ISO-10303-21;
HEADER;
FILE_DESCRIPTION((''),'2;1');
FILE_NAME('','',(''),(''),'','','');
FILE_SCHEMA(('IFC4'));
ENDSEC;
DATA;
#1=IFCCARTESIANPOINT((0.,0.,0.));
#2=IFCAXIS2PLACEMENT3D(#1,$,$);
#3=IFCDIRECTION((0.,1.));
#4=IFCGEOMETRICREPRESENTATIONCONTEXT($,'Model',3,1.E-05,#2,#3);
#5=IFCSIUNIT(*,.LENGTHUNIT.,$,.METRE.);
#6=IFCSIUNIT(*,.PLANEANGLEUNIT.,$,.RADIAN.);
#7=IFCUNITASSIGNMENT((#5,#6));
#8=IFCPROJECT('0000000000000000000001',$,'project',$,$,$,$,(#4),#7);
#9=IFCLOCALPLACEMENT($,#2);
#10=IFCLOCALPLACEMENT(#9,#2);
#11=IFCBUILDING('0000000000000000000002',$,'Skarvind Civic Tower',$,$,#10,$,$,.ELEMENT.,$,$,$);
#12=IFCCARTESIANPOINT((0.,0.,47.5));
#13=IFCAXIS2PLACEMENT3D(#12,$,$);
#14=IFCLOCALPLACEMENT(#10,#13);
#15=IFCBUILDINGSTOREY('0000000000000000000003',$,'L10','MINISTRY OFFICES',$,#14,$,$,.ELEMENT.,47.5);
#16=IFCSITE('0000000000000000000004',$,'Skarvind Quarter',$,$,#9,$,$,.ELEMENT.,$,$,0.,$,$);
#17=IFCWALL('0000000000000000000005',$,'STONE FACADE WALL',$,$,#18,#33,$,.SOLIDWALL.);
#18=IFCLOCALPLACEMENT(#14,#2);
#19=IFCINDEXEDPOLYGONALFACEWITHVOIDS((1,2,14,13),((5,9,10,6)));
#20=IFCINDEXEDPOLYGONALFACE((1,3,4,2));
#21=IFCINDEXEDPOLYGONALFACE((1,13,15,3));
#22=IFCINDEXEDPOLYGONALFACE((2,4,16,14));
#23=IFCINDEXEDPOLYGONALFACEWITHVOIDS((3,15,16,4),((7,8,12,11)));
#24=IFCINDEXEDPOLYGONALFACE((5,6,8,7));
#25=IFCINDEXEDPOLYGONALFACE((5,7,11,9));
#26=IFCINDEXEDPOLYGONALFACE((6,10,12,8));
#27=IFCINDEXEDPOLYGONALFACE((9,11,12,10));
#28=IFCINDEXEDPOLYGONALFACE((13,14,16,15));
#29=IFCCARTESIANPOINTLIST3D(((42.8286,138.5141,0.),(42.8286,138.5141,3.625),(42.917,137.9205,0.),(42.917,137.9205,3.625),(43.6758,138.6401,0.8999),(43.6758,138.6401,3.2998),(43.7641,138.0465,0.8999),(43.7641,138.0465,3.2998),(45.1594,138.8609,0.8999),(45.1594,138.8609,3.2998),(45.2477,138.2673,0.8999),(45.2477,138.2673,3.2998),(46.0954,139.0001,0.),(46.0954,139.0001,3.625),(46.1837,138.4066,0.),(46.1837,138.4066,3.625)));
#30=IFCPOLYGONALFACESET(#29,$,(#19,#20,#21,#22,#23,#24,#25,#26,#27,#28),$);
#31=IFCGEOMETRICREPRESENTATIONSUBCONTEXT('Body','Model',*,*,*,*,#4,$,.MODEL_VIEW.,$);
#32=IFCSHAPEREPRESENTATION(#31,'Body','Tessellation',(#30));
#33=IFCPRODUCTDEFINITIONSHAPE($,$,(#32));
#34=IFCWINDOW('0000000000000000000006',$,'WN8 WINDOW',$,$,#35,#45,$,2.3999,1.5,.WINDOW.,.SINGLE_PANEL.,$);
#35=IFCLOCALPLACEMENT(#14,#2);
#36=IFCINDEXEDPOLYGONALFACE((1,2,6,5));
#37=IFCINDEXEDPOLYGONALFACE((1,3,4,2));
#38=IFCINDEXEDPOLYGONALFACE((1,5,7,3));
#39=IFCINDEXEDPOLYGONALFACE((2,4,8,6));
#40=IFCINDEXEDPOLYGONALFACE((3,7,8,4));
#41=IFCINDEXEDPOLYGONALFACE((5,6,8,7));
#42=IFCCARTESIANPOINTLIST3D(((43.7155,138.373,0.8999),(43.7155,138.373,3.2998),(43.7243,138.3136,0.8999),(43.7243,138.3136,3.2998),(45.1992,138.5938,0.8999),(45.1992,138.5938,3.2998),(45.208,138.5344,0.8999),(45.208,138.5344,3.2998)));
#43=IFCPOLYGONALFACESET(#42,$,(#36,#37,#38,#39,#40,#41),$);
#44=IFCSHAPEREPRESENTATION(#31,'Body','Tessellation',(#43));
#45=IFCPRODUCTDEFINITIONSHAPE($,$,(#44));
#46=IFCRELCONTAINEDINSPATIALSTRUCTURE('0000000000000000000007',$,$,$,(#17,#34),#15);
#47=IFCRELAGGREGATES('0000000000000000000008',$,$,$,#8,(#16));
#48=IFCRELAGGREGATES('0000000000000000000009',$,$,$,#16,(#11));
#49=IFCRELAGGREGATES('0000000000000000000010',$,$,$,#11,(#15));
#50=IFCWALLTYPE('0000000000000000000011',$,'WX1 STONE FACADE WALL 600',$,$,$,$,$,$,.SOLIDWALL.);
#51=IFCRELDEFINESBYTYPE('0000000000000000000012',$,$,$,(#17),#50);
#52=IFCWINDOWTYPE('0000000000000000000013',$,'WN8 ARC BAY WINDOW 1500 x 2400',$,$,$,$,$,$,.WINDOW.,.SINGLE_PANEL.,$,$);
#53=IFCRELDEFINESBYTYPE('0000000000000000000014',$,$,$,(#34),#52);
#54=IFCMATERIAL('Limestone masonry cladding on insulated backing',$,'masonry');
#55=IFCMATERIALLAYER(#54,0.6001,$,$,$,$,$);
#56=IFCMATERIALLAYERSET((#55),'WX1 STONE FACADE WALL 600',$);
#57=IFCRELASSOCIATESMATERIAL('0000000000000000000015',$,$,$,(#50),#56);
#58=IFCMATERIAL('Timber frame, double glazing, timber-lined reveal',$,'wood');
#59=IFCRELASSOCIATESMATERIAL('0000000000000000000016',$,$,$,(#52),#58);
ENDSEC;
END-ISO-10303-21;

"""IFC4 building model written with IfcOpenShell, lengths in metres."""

from ifc_helpers import new_model, si_unit, direction, frame, frame_2d, origin, place, context, subcontext, project, spatial, rectangle, extrude, material, layer, layer_set, type_object, element, fill, save


model = new_model("IFC4")

# Units and contexts
model_context = context("Model", 3, precision=1e-05, world=origin(), true_north=direction((0.0, 1.0)))
body_context = subcontext(model_context, "Body", "Model", "MODEL_VIEW")
ifc_project = project(units=[si_unit("LENGTHUNIT", "METRE"), si_unit("PLANEANGLEUNIT", "RADIAN")], contexts=[model_context])

# Site, building, storey
site_placement = place(None, origin())
site = spatial("IfcSite", under=ifc_project, at=site_placement, Name="Skarvind Quarter", CompositionType="ELEMENT", RefElevation=0.0)
building_placement = place(site_placement, origin())
building = spatial("IfcBuilding", under=site, at=building_placement, Name="Skarvind Civic Tower", CompositionType="ELEMENT")
storey_placement = place(building_placement, frame((0.0, 0.0, 47.5)))
storey = spatial("IfcBuildingStorey", under=building, at=storey_placement, Name="L10", Description="MINISTRY OFFICES", CompositionType="ELEMENT", Elevation=47.5)

# Shared definitions
ifc_material_1 = material(Name="Limestone masonry cladding on insulated backing", Category="masonry")
ifc_layer_1 = layer(ifc_material_1, 0.6001)
ifc_layer_set_1 = layer_set([ifc_layer_1], Name="WX1 STONE FACADE WALL 600")
wall_type_1 = type_object("IfcWallType", Name="WX1 STONE FACADE WALL 600", PredefinedType="SOLIDWALL", material=ifc_layer_set_1)
ifc_material_2 = material(Name="Timber frame, double glazing, timber-lined reveal", Category="wood")

# Wall, opening, window
wall_1_placement = place(storey_placement, frame((42.8728, 138.2173, 0.0), z_axis=(0.0, 0.0, 1.0), x_axis=(0.989111, 0.147173, 0.0)))
wall_1 = element("IfcWall", 1, at=wall_1_placement, inside=storey, type_object=wall_type_1, Name="STONE FACADE WALL", PredefinedType="SOLIDWALL", context=body_context, shape_type="SweptSolid", body=[
    extrude(rectangle(XDim=3.3027, YDim=0.6001, at=frame_2d((1.6514, 0.0))), origin(), (0.0, 0.0, 1.0), 3.625),
])
opening_1_placement = place(wall_1_placement, frame((0.8564, 0.0, 0.8999)))
opening_1 = element("IfcOpeningElement", 2, at=opening_1_placement, cuts=wall_1, PredefinedType="OPENING", context=body_context, shape_type="SweptSolid", body=[
    extrude(rectangle(XDim=1.5, YDim=2.3999, at=frame_2d((0.75, 1.2))), frame((0.0, 0.3101, 0.0), z_axis=(0.0, -1.0, 0.0), x_axis=(1.0, 0.0, 0.0)), (0.0, 0.0, 1.0), 0.6201),
])
window_type_1 = type_object("IfcWindowType", Name="WN8 ARC BAY WINDOW 1500 x 2400", PartitioningType="SINGLE_PANEL", PredefinedType="WINDOW", material=ifc_material_2)
window_1_placement = place(opening_1_placement, origin())
window_1 = element("IfcWindow", 3, at=window_1_placement, inside=storey, type_object=window_type_1, Name="WN8 WINDOW", OverallHeight=2.3999, OverallWidth=1.5, PartitioningType="SINGLE_PANEL", PredefinedType="WINDOW", context=body_context, shape_type="SweptSolid", body=[
    extrude(rectangle(XDim=1.5, YDim=2.3999, at=frame_2d((0.75, 1.2))), frame((0.0, 0.03, 0.0), z_axis=(0.0, -1.0, 0.0), x_axis=(1.0, 0.0, 0.0)), (0.0, 0.0, 1.0), 0.0601),
])
fill(opening_1, window_1)

save(model, "model.ifc")
